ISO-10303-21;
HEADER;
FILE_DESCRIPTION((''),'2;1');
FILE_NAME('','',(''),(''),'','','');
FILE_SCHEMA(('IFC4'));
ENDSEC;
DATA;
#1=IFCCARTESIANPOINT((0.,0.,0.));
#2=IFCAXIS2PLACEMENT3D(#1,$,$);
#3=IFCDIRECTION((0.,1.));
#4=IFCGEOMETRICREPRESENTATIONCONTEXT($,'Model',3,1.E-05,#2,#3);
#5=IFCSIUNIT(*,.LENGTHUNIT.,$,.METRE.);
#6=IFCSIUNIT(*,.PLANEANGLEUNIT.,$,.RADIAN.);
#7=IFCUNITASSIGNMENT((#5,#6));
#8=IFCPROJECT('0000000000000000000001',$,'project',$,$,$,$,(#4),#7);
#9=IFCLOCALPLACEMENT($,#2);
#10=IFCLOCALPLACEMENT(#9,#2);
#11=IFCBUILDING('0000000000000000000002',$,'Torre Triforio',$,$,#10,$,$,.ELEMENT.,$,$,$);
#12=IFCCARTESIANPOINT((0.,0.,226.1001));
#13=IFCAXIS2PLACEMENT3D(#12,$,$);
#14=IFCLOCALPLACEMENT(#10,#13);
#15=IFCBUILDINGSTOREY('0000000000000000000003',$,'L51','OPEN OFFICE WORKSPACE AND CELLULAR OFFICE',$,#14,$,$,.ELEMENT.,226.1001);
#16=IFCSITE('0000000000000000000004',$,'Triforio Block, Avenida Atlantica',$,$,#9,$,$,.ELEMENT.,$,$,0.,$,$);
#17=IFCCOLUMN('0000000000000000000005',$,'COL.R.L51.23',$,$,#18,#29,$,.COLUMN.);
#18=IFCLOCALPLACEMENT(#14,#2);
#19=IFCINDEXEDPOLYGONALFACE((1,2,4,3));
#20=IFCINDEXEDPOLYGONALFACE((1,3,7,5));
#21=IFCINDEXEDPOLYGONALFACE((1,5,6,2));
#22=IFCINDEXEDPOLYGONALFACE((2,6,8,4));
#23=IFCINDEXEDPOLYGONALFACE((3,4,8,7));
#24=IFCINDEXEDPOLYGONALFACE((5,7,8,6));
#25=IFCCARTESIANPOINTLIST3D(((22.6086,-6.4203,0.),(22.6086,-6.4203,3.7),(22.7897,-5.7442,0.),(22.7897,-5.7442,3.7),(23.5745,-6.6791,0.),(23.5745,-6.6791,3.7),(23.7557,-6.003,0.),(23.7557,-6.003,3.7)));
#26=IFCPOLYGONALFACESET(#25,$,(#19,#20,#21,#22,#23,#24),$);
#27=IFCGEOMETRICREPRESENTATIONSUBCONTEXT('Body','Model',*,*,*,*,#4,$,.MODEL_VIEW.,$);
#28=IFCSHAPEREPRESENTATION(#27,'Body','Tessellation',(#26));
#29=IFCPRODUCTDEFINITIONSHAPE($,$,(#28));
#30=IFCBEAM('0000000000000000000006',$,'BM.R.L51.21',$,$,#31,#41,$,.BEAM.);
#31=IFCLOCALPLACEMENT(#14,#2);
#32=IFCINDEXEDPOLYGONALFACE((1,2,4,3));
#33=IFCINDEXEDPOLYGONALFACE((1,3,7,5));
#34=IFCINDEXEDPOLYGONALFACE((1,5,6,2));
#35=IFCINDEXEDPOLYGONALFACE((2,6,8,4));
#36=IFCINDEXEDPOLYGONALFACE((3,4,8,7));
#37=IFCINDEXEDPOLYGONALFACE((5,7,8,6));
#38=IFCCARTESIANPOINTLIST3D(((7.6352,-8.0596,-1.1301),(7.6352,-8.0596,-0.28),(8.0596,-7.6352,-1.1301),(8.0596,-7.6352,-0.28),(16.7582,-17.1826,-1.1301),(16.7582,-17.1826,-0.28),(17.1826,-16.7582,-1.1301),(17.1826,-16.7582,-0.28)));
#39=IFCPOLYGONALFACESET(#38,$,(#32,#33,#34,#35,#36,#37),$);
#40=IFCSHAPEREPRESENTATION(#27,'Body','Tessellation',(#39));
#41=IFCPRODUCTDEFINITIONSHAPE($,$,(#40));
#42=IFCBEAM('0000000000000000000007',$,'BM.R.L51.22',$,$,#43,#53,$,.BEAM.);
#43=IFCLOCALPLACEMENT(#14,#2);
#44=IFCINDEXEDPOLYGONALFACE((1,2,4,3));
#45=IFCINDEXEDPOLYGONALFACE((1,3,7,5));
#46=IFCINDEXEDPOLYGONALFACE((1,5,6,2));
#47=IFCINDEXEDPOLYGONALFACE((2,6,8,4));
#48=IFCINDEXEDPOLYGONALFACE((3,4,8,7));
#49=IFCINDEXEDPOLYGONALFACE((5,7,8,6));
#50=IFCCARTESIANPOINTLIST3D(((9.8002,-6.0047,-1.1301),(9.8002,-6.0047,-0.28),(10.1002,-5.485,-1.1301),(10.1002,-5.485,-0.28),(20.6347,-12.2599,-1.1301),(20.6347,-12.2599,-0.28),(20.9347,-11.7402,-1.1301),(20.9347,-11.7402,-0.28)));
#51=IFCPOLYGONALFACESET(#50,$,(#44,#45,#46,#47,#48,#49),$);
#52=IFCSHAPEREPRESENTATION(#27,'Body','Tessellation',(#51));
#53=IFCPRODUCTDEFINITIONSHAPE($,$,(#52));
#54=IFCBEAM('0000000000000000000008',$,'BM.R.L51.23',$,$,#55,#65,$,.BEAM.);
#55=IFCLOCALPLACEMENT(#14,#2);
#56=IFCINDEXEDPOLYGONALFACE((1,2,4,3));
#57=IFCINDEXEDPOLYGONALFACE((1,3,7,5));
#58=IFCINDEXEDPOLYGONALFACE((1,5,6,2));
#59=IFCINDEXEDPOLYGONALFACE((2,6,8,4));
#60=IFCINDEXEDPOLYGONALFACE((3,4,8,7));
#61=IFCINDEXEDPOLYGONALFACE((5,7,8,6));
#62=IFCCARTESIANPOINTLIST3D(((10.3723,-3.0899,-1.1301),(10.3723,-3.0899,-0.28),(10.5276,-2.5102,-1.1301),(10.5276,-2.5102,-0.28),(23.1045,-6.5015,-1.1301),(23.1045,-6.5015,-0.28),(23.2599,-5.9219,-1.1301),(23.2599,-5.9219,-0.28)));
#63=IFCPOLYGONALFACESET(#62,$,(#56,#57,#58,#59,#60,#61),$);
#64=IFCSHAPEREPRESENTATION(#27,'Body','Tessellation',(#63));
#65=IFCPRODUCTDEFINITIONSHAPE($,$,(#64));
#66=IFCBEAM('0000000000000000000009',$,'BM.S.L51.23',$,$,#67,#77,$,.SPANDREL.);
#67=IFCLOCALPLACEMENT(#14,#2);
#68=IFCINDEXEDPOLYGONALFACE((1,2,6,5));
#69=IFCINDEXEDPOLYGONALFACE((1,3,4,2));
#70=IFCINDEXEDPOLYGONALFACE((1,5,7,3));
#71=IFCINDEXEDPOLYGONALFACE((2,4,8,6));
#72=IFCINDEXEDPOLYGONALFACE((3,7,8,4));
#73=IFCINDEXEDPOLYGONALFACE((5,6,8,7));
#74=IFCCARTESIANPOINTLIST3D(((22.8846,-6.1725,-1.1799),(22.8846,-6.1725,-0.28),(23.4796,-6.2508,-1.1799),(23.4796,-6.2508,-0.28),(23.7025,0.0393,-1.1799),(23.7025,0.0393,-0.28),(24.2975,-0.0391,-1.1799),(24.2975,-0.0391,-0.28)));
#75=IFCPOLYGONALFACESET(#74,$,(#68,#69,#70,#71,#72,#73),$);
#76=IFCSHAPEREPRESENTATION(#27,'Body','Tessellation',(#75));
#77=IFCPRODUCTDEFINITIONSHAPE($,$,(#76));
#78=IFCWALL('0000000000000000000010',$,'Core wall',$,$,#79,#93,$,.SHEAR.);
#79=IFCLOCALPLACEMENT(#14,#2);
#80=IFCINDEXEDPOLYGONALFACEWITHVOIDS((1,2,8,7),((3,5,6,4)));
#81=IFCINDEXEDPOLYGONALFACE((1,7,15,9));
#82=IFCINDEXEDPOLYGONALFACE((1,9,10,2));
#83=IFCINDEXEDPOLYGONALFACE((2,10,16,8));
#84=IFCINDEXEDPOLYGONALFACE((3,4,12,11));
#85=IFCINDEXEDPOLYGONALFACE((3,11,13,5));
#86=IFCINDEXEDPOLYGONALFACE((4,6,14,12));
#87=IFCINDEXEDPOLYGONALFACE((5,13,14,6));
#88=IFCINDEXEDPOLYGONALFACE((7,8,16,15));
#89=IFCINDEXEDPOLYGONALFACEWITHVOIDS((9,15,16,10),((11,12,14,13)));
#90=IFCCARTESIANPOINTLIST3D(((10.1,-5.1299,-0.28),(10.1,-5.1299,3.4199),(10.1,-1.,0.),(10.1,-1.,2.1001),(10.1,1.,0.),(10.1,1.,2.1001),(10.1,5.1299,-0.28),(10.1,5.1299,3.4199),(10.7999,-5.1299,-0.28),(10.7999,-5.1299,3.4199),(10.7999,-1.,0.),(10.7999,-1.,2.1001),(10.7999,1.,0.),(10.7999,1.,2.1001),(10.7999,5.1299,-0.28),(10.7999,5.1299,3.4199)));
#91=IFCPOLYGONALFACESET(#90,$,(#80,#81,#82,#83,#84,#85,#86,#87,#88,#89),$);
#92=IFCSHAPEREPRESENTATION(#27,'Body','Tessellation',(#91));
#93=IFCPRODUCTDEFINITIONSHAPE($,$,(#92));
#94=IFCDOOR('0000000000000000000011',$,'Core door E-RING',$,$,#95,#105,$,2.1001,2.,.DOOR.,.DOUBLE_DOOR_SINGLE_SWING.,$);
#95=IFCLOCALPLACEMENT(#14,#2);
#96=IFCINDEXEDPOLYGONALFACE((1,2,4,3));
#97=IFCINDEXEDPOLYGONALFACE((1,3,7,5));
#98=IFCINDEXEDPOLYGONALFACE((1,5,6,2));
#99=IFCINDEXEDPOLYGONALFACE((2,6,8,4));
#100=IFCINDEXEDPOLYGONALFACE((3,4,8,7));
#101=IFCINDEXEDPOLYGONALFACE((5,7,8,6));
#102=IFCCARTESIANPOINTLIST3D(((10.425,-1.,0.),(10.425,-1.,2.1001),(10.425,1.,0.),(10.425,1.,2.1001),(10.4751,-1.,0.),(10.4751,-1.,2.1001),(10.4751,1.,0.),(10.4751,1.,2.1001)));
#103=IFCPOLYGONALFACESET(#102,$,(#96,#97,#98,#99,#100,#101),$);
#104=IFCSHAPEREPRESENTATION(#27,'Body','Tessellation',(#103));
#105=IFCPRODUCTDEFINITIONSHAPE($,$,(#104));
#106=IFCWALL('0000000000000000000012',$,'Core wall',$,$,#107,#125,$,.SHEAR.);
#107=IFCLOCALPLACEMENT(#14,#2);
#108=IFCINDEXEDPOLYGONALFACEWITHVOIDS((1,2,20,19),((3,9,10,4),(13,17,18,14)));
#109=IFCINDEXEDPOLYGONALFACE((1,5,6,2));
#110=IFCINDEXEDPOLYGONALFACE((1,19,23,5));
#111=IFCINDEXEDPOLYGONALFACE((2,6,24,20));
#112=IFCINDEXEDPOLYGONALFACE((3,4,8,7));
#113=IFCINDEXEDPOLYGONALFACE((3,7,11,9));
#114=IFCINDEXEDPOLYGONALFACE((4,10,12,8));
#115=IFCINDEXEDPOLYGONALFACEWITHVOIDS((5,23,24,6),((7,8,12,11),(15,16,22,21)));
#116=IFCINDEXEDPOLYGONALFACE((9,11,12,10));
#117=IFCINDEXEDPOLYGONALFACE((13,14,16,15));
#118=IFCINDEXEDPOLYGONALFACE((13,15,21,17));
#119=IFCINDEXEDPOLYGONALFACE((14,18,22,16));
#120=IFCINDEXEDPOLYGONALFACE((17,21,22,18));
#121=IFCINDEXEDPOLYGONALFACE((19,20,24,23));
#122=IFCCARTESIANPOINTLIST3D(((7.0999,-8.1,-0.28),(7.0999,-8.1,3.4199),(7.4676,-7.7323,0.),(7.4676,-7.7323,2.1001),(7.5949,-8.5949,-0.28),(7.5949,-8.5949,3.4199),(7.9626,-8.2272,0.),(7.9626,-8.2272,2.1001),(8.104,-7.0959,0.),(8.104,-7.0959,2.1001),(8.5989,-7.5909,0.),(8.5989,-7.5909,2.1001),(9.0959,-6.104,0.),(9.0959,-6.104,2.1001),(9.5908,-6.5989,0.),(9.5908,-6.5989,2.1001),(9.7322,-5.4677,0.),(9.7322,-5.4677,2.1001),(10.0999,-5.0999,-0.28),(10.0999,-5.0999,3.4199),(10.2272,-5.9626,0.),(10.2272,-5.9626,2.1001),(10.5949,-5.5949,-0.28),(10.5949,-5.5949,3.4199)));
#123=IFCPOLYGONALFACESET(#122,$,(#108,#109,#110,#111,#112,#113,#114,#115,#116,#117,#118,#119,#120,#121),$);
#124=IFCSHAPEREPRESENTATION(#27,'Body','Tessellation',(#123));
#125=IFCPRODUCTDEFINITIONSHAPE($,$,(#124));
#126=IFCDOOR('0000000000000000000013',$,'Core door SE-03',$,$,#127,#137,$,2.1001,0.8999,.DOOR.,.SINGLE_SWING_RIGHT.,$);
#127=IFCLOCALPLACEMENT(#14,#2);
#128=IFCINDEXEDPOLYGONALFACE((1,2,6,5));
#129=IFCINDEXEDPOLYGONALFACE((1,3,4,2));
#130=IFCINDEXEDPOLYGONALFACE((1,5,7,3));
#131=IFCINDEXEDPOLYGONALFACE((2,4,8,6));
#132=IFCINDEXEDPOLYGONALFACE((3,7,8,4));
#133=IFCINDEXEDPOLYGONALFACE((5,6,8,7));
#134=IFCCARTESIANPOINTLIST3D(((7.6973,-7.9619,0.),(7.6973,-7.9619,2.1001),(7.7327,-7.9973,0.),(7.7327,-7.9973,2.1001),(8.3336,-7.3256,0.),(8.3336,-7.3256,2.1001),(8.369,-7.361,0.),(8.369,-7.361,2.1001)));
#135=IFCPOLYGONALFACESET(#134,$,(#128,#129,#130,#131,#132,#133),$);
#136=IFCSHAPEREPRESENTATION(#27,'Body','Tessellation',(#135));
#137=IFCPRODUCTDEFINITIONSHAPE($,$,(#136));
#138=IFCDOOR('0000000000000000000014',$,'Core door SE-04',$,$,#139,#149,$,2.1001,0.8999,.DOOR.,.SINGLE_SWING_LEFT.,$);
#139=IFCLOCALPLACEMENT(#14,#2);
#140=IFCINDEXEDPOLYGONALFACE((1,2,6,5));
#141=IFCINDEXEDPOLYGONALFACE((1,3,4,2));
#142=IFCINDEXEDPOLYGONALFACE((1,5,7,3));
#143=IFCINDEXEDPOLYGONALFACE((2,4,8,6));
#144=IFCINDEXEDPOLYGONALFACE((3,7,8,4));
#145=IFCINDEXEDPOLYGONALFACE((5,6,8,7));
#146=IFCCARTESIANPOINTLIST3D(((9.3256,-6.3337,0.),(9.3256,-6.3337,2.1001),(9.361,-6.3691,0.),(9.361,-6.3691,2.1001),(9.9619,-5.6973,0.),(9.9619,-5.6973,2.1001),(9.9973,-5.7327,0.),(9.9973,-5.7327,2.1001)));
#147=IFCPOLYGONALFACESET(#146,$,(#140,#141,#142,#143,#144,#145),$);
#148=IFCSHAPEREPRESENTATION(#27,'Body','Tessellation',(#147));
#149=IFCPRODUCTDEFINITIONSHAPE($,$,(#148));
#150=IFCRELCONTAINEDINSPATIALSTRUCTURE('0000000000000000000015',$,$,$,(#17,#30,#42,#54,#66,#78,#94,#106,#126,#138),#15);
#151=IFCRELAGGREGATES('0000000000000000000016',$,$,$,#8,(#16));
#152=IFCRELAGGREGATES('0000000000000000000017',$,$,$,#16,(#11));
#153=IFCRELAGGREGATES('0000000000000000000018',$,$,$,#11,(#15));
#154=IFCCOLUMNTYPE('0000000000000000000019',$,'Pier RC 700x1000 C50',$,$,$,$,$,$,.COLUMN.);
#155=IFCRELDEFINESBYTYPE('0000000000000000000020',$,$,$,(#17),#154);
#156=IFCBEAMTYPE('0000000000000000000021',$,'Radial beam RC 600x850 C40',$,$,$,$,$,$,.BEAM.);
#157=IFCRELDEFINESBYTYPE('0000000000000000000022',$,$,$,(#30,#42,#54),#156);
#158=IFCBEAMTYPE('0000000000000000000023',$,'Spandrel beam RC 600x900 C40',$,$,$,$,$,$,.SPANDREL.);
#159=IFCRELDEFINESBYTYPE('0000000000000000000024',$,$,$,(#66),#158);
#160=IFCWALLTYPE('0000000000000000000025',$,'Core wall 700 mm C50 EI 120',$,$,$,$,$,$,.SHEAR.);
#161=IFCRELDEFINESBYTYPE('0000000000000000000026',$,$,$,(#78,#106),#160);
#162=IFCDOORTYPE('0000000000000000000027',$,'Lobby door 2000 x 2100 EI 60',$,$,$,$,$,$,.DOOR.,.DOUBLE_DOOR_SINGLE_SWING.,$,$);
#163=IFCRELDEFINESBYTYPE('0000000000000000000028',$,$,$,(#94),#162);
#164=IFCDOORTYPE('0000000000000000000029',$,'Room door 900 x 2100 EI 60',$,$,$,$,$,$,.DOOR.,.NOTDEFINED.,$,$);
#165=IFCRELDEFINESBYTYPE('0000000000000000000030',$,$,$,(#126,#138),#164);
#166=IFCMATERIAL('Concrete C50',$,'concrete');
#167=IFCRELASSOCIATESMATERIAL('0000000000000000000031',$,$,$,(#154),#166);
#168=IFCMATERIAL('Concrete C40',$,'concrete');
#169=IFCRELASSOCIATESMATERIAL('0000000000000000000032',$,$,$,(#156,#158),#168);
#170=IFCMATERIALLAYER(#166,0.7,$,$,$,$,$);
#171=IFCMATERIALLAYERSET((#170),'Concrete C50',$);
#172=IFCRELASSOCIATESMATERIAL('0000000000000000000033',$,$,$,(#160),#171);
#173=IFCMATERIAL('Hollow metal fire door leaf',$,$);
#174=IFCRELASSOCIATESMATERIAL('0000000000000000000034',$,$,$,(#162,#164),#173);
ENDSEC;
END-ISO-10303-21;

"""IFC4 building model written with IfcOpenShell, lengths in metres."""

from ifc_helpers import new_model, si_unit, direction, frame, frame_2d, origin, origin_2d, place, context, subcontext, project, spatial, rectangle, extrude, material, layer, layer_set, material_profile, profile_set, type_object, element, fill, save


model = new_model("IFC4")

# Units and contexts
model_context = context("Model", 3, precision=1e-05, world=origin(), true_north=direction((0.0, 1.0)))
body_context = subcontext(model_context, "Body", "Model", "MODEL_VIEW")
ifc_project = project(units=[si_unit("LENGTHUNIT", "METRE"), si_unit("PLANEANGLEUNIT", "RADIAN")], contexts=[model_context])

# Site, building, storey
site_placement = place(None, origin())
site = spatial("IfcSite", under=ifc_project, at=site_placement, Name="Triforio Block, Avenida Atlantica", CompositionType="ELEMENT", RefElevation=0.0)
building_placement = place(site_placement, origin())
building = spatial("IfcBuilding", under=site, at=building_placement, Name="Torre Triforio", CompositionType="ELEMENT")
storey_placement = place(building_placement, frame((0.0, 0.0, 226.1001)))
storey = spatial("IfcBuildingStorey", under=building, at=storey_placement, Name="L51", Description="OPEN OFFICE WORKSPACE AND CELLULAR OFFICE", CompositionType="ELEMENT", Elevation=226.1001)

# Column
ifc_material_1 = material(Name="Concrete C50", Category="concrete")
ifc_material_profile_1 = material_profile(ifc_material_1, rectangle(XDim=0.7, YDim=1.0, at=origin_2d()), Name="RC 700x1000")
ifc_profile_set_1 = profile_set([ifc_material_profile_1], Name="Concrete C50")
column_type = type_object("IfcColumnType", Name="Pier RC 700x1000 C50", PredefinedType="COLUMN", material=ifc_profile_set_1)
column_placement = place(storey_placement, frame((23.1821, -6.2117, 0.0), z_axis=(0.0, 0.0, 1.0), x_axis=(0.258819, 0.965926, 0.0)))
element("IfcColumn", 1, at=column_placement, inside=storey, type_object=column_type, Name="COL.R.L51.23", PredefinedType="COLUMN", context=body_context, shape_type="SweptSolid", body=[
    extrude(rectangle(XDim=0.7, YDim=1.0, at=origin_2d()), origin(), (0.0, 0.0, 1.0), 3.7),
])

# Beams
ifc_material_2 = material(Name="Concrete C40", Category="concrete")
ifc_material_profile_2 = material_profile(ifc_material_2, rectangle(XDim=0.6001, YDim=0.8501, at=origin_2d()), Name="RC 600x850")
ifc_profile_set_2 = profile_set([ifc_material_profile_2], Name="Concrete C40")
beam_type_1 = type_object("IfcBeamType", Name="Radial beam RC 600x850 C40", PredefinedType="BEAM", material=ifc_profile_set_2)
beam_1_placement = place(storey_placement, frame((7.8474, -7.8474, -0.7051), z_axis=(0.707107, -0.707107, 0.0), x_axis=(0.707107, 0.707107, 0.0)))
element("IfcBeam", 2, at=beam_1_placement, inside=storey, type_object=beam_type_1, Name="BM.R.L51.21", PredefinedType="BEAM", context=body_context, shape_type="SweptSolid", body=[
    extrude(rectangle(XDim=0.6001, YDim=0.8501, at=origin_2d()), origin(), (0.0, 0.0, 1.0), 12.9019),
])
beam_2_placement = place(storey_placement, frame((9.9502, -5.7449, -0.7051), z_axis=(0.866031, -0.49999, 0.0), x_axis=(0.49999, 0.866031, 0.0)))
element("IfcBeam", 3, at=beam_2_placement, inside=storey, type_object=beam_type_1, Name="BM.R.L51.22", PredefinedType="BEAM", context=body_context, shape_type="SweptSolid", body=[
    extrude(rectangle(XDim=0.6001, YDim=0.8501, at=origin_2d()), origin(), (0.0, 0.0, 1.0), 12.5105),
])
beam_3_placement = place(storey_placement, frame((10.45, -2.8, -0.7051), z_axis=(0.965925, -0.258822, 0.0), x_axis=(0.258822, 0.965925, 0.0)))
element("IfcBeam", 4, at=beam_3_placement, inside=storey, type_object=beam_type_1, Name="BM.R.L51.23", PredefinedType="BEAM", context=body_context, shape_type="SweptSolid", body=[
    extrude(rectangle(XDim=0.6001, YDim=0.8501, at=origin_2d()), origin(), (0.0, 0.0, 1.0), 13.1814),
])
ifc_material_profile_3 = material_profile(ifc_material_2, rectangle(XDim=0.6001, YDim=0.8999, at=origin_2d()), Name="RC 600x900")
ifc_profile_set_3 = profile_set([ifc_material_profile_3], Name="Concrete C40")
beam_type_2 = type_object("IfcBeamType", Name="Spandrel beam RC 600x900 C40", PredefinedType="SPANDREL", material=ifc_profile_set_3)
beam_4_placement = place(storey_placement, frame((23.1821, -6.2117, -0.73), z_axis=(0.13054, 0.991443, 0.0), x_axis=(-0.991443, 0.13054, 0.0)))
element("IfcBeam", 5, at=beam_4_placement, inside=storey, type_object=beam_type_2, Name="BM.S.L51.23", PredefinedType="SPANDREL", context=body_context, shape_type="SweptSolid", body=[
    extrude(rectangle(XDim=0.6001, YDim=0.8999, at=origin_2d()), origin(), (0.0, 0.0, 1.0), 6.2654),
])

# Wall, opening, door
ifc_layer_1 = layer(ifc_material_1, 0.7)
ifc_layer_set_1 = layer_set([ifc_layer_1], Name="Concrete C50")
wall_type_1 = type_object("IfcWallType", Name="Core wall 700 mm C50 EI 120", PredefinedType="SHEAR", material=ifc_layer_set_1)
wall_1_placement = place(storey_placement, frame((10.45, -5.1299, -0.28), z_axis=(0.0, 0.0, 1.0), x_axis=(0.0, 1.0, 0.0)))
wall_1 = element("IfcWall", 6, at=wall_1_placement, inside=storey, type_object=wall_type_1, Name="Core wall", PredefinedType="SHEAR", context=body_context, shape_type="SweptSolid", body=[
    extrude(rectangle(XDim=10.2598, YDim=0.7, at=frame_2d((5.1299, 0.0))), origin(), (0.0, 0.0, 1.0), 3.7),
])
opening_1_placement = place(wall_1_placement, frame((4.1299, 0.0, 0.28)))
opening_1 = element("IfcOpeningElement", 7, at=opening_1_placement, cuts=wall_1, PredefinedType="OPENING", context=body_context, shape_type="SweptSolid", body=[
    extrude(rectangle(XDim=2.0, YDim=2.1001, at=frame_2d((1.0, 1.05))), frame((0.0, 0.3599, 0.0), z_axis=(0.0, -1.0, 0.0), x_axis=(1.0, 0.0, 0.0)), (0.0, 0.0, 1.0), 0.72),
])
ifc_material_3 = material(Name="Hollow metal fire door leaf")
door_type_1 = type_object("IfcDoorType", Name="Lobby door 2000 x 2100 EI 60", OperationType="DOUBLE_DOOR_SINGLE_SWING", PredefinedType="DOOR", material=ifc_material_3)
door_1_placement = place(opening_1_placement, origin())
door_1 = element("IfcDoor", 8, at=door_1_placement, inside=storey, type_object=door_type_1, Name="Core door E-RING", OperationType="DOUBLE_DOOR_SINGLE_SWING", OverallHeight=2.1001, OverallWidth=2.0, PredefinedType="DOOR", context=body_context, shape_type="SweptSolid", body=[
    extrude(rectangle(XDim=2.0, YDim=2.1001, at=frame_2d((1.0, 1.05))), frame((0.0, 0.0249, 0.0), z_axis=(0.0, -1.0, 0.0), x_axis=(1.0, 0.0, 0.0)), (0.0, 0.0, 1.0), 0.05),
])
fill(opening_1, door_1)

# Wall, openings, doors
wall_2_placement = place(storey_placement, frame((10.3474, -5.3474, -0.28), z_axis=(0.0, 0.0, 1.0), x_axis=(-0.707107, -0.707107, 0.0)))
wall_2 = element("IfcWall", 9, at=wall_2_placement, inside=storey, type_object=wall_type_1, Name="Core wall", PredefinedType="SHEAR", context=body_context, shape_type="SweptSolid", body=[
    extrude(rectangle(XDim=4.2427, YDim=0.7, at=frame_2d((2.1213, 0.0))), origin(), (0.0, 0.0, 1.0), 3.7),
])
opening_2_placement = place(wall_2_placement, frame((2.8228, 0.0, 0.28)))
opening_2 = element("IfcOpeningElement", 10, at=opening_2_placement, cuts=wall_2, PredefinedType="OPENING", context=body_context, shape_type="SweptSolid", body=[
    extrude(rectangle(XDim=0.8999, YDim=2.1001, at=frame_2d((0.45, 1.05))), frame((0.0, 0.3599, 0.0), z_axis=(0.0, -1.0, 0.0), x_axis=(1.0, 0.0, 0.0)), (0.0, 0.0, 1.0), 0.72),
])
opening_3_placement = place(wall_2_placement, frame((0.52, 0.0, 0.28)))
opening_3 = element("IfcOpeningElement", 11, at=opening_3_placement, cuts=wall_2, PredefinedType="OPENING", context=body_context, shape_type="SweptSolid", body=[
    extrude(rectangle(XDim=0.8999, YDim=2.1001, at=frame_2d((0.45, 1.05))), frame((0.0, 0.3599, 0.0), z_axis=(0.0, -1.0, 0.0), x_axis=(1.0, 0.0, 0.0)), (0.0, 0.0, 1.0), 0.72),
])
door_type_2 = type_object("IfcDoorType", Name="Room door 900 x 2100 EI 60", OperationType="NOTDEFINED", PredefinedType="DOOR", material=ifc_material_3)
door_2_placement = place(opening_2_placement, origin())
door_2 = element("IfcDoor", 12, at=door_2_placement, inside=storey, type_object=door_type_2, Name="Core door SE-03", OperationType="SINGLE_SWING_RIGHT", OverallHeight=2.1001, OverallWidth=0.8999, PredefinedType="DOOR", context=body_context, shape_type="SweptSolid", body=[
    extrude(rectangle(XDim=0.8999, YDim=2.1001, at=frame_2d((0.45, 1.05))), frame((0.0, 0.0249, 0.0), z_axis=(0.0, -1.0, 0.0), x_axis=(1.0, 0.0, 0.0)), (0.0, 0.0, 1.0), 0.05),
])
fill(opening_2, door_2)
door_3_placement = place(opening_3_placement, origin())
door_3 = element("IfcDoor", 13, at=door_3_placement, inside=storey, type_object=door_type_2, Name="Core door SE-04", OperationType="SINGLE_SWING_LEFT", OverallHeight=2.1001, OverallWidth=0.8999, PredefinedType="DOOR", context=body_context, shape_type="SweptSolid", body=[
    extrude(rectangle(XDim=0.8999, YDim=2.1001, at=frame_2d((0.45, 1.05))), frame((0.0, 0.0249, 0.0), z_axis=(0.0, -1.0, 0.0), x_axis=(1.0, 0.0, 0.0)), (0.0, 0.0, 1.0), 0.05),
])
fill(opening_3, door_3)

save(model, "model.ifc")
